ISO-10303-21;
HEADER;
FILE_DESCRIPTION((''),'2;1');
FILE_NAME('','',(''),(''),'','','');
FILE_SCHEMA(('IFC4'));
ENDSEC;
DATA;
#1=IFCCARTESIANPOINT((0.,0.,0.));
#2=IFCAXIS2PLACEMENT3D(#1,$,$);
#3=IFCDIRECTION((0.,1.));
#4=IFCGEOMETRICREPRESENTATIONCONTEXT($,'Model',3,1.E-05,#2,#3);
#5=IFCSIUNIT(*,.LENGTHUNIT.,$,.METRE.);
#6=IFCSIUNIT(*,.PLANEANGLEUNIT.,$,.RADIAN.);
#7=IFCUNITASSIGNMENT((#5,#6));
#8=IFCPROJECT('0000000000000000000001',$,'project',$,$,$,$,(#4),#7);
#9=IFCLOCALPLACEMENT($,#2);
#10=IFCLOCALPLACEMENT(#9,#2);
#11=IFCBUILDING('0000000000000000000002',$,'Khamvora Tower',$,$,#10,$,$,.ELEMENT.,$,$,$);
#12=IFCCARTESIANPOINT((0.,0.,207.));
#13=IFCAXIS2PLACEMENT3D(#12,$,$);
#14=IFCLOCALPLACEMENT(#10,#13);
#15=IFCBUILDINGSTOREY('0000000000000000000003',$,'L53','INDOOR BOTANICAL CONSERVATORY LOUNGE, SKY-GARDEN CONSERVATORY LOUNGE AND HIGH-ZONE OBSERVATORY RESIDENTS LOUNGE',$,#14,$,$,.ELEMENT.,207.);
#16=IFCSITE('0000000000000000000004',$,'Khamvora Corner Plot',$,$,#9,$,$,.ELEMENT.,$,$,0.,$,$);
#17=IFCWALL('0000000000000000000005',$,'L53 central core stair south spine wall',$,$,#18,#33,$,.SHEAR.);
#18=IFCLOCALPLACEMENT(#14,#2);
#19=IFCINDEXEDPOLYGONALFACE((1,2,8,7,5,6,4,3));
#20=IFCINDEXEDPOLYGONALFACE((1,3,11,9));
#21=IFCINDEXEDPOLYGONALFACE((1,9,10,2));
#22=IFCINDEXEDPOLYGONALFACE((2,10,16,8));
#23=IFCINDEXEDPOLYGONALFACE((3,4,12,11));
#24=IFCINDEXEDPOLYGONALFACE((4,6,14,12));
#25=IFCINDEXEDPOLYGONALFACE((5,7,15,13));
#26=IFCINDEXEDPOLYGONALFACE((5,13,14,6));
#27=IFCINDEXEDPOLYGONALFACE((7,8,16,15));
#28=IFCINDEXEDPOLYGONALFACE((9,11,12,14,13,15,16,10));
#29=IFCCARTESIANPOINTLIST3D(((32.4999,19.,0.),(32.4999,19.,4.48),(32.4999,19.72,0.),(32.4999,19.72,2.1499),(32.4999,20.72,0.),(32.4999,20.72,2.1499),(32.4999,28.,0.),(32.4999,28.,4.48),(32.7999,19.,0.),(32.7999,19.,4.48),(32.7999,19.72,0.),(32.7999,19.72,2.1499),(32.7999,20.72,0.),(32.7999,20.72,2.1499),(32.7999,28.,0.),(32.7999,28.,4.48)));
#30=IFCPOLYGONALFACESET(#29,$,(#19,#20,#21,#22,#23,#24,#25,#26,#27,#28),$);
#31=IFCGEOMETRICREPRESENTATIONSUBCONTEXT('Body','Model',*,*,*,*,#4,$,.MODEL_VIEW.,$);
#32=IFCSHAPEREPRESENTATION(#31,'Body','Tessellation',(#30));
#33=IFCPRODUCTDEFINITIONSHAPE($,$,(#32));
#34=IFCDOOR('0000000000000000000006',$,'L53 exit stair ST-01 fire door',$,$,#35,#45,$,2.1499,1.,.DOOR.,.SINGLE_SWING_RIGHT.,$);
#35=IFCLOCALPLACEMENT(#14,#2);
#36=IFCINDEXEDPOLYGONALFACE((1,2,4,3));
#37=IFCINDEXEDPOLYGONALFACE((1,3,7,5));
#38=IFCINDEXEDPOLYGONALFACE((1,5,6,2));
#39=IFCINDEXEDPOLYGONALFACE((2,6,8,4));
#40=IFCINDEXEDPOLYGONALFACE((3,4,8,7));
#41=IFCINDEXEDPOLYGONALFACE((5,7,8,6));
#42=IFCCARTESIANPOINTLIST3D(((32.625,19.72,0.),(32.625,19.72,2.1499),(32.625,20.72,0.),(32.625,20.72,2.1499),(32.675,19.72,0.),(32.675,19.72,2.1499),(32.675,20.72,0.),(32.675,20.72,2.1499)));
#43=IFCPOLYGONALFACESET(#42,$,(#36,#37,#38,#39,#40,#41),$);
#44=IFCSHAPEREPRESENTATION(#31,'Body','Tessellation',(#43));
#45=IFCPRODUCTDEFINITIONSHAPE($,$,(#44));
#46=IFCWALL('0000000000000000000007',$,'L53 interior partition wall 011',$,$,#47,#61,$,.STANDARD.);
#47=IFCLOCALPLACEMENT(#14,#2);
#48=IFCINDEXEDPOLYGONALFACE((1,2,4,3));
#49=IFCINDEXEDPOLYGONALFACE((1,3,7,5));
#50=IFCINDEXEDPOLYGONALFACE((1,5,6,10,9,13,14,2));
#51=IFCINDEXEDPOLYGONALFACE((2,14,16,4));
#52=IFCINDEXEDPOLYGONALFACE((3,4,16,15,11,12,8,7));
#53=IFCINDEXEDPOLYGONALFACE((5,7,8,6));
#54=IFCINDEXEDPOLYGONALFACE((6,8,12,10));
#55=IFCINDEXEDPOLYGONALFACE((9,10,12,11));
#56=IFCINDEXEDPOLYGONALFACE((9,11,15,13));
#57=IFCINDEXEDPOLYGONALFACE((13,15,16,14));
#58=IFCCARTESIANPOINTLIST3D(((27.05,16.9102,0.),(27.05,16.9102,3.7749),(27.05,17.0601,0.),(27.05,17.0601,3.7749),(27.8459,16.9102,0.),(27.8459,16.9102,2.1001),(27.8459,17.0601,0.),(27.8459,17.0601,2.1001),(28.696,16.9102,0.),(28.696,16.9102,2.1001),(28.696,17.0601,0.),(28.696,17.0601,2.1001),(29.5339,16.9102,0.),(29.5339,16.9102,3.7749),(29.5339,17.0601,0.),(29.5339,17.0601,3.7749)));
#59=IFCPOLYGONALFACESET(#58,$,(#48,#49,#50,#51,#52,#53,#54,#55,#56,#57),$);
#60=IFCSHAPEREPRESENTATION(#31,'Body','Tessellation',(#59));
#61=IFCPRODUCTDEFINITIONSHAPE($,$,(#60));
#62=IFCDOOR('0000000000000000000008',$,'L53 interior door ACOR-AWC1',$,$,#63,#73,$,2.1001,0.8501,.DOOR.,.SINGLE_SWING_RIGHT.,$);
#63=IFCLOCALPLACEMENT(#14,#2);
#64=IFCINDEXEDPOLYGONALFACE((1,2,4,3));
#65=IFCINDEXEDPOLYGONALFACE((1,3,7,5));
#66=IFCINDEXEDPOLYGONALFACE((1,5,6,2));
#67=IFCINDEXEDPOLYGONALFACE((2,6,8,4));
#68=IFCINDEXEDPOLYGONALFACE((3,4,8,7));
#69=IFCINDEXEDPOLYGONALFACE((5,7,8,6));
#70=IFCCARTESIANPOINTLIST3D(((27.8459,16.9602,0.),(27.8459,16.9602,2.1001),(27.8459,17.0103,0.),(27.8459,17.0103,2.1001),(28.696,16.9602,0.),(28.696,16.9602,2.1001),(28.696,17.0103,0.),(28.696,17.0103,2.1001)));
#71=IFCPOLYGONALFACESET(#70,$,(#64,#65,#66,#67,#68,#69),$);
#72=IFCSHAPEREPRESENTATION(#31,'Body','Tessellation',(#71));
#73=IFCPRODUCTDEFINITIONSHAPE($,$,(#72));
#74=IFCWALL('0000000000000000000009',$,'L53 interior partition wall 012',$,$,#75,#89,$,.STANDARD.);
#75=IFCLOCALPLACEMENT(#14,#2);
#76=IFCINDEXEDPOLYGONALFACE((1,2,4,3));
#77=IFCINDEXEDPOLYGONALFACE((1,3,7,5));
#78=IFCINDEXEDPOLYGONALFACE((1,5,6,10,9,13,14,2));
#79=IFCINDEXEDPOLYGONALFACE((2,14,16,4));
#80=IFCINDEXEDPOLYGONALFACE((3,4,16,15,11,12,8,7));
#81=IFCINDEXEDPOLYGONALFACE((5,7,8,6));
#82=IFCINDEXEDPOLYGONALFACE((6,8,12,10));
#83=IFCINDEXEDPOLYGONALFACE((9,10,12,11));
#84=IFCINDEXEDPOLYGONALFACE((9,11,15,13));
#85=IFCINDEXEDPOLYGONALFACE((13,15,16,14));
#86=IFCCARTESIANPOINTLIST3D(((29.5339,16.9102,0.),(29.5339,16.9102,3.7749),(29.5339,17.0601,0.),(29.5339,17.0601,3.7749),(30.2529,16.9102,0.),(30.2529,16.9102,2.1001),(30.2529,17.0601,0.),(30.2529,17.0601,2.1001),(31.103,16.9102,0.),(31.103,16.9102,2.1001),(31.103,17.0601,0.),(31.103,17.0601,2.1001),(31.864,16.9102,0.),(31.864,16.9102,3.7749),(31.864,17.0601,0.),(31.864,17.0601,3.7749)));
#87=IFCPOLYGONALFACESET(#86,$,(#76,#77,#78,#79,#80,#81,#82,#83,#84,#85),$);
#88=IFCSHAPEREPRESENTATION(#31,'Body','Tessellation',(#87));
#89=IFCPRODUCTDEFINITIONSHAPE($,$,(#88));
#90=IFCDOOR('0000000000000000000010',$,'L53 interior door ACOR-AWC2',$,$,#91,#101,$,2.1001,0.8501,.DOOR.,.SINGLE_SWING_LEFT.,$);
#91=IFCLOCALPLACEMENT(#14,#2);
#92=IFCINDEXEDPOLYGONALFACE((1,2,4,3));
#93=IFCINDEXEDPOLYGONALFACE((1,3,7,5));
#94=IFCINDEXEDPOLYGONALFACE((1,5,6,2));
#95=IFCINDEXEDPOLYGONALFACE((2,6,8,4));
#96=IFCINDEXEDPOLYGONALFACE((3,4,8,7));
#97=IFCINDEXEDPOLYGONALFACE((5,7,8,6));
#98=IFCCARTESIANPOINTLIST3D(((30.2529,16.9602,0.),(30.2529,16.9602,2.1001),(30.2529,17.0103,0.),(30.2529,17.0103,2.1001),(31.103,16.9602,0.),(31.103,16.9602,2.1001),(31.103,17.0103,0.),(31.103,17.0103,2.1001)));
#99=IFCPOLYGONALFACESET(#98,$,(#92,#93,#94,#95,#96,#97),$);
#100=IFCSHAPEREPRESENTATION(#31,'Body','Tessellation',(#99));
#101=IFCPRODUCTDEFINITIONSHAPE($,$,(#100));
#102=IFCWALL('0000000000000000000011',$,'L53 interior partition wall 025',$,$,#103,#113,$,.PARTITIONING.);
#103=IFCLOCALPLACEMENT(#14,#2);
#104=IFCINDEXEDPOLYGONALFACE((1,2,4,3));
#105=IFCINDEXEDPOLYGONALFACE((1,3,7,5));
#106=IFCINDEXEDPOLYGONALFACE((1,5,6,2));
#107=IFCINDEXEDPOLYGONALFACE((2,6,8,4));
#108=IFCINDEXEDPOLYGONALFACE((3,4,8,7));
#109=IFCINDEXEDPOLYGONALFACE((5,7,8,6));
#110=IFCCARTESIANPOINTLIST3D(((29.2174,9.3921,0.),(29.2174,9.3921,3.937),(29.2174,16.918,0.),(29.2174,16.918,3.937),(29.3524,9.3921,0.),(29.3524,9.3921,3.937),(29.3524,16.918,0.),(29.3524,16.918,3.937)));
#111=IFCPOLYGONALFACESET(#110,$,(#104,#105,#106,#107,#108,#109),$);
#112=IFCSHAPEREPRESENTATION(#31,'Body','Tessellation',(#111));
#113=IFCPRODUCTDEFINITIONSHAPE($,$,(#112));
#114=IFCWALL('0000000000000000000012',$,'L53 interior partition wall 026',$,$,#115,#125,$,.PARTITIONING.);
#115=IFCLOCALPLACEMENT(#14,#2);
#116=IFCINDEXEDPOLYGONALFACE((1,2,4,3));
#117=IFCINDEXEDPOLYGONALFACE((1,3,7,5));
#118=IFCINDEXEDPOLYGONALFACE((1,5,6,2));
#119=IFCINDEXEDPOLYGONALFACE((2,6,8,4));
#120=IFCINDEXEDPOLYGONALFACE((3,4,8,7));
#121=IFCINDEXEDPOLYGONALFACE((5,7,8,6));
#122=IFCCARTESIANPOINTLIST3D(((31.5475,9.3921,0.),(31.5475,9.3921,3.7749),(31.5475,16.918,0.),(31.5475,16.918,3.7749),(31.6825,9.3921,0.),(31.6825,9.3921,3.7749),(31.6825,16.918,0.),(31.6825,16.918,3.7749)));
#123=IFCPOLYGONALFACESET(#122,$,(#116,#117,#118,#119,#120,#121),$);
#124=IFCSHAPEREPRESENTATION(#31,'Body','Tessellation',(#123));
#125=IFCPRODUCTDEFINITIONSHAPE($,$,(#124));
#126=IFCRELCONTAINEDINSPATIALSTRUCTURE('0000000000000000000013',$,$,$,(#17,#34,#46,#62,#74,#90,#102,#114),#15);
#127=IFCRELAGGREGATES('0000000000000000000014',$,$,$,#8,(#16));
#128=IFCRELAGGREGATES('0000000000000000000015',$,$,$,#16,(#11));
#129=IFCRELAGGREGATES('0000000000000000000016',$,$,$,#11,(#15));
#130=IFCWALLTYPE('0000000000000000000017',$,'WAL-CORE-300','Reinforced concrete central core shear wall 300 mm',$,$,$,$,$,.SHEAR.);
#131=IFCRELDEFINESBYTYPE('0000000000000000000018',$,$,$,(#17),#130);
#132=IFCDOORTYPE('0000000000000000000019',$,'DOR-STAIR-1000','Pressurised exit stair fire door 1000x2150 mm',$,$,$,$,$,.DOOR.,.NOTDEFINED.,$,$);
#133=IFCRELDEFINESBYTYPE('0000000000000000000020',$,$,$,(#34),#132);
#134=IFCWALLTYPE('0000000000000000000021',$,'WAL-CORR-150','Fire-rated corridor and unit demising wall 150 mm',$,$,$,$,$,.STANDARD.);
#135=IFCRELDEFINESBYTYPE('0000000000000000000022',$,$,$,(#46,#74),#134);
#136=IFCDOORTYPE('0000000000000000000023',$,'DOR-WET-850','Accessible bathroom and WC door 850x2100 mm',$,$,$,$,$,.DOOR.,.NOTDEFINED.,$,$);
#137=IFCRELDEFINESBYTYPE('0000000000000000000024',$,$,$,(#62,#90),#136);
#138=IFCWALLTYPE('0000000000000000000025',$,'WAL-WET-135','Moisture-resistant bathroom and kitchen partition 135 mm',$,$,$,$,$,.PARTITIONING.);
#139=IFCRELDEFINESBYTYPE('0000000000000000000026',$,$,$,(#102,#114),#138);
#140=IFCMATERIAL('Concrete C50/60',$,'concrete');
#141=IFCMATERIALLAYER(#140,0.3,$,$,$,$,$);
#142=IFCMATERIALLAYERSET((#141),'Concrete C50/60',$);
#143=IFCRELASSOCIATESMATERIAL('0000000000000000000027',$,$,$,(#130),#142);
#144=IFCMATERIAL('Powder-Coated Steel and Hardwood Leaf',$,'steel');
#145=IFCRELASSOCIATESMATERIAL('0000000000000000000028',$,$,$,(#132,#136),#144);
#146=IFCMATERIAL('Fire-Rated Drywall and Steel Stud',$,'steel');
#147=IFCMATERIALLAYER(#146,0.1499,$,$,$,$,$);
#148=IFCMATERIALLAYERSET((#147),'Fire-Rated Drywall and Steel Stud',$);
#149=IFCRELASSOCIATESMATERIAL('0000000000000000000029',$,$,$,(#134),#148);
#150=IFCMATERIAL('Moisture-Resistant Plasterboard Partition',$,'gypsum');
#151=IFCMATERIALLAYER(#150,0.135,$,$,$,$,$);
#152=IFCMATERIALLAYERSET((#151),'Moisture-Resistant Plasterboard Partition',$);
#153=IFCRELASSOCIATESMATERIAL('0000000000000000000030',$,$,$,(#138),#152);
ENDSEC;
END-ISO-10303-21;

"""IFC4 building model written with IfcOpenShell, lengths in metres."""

from ifc_helpers import new_model, si_unit, direction, frame, frame_2d, origin, place, context, subcontext, project, spatial, rectangle, extrude, material, layer, layer_set, type_object, element, fill, save


model = new_model("IFC4")

# Units and contexts
model_context = context("Model", 3, precision=1e-05, world=origin(), true_north=direction((0.0, 1.0)))
body_context = subcontext(model_context, "Body", "Model", "MODEL_VIEW")
ifc_project = project(units=[si_unit("LENGTHUNIT", "METRE"), si_unit("PLANEANGLEUNIT", "RADIAN")], contexts=[model_context])

# Site, building, storey
site_placement = place(None, origin())
site = spatial("IfcSite", under=ifc_project, at=site_placement, Name="Khamvora Corner Plot", CompositionType="ELEMENT", RefElevation=0.0)
building_placement = place(site_placement, origin())
building = spatial("IfcBuilding", under=site, at=building_placement, Name="Khamvora Tower", CompositionType="ELEMENT")
storey_placement = place(building_placement, frame((0.0, 0.0, 207.0)))
storey = spatial("IfcBuildingStorey", under=building, at=storey_placement, Name="L53", Description="INDOOR BOTANICAL CONSERVATORY LOUNGE, SKY-GARDEN CONSERVATORY LOUNGE AND HIGH-ZONE OBSERVATORY RESIDENTS LOUNGE", CompositionType="ELEMENT", Elevation=207.0)

# Shared definitions
ifc_material_1 = material(Name="Concrete C50/60", Category="concrete")
ifc_layer_1 = layer(ifc_material_1, 0.3)
ifc_layer_set_1 = layer_set([ifc_layer_1], Name="Concrete C50/60")
wall_type_1 = type_object("IfcWallType", Name="WAL-CORE-300", Description="Reinforced concrete central core shear wall 300 mm", PredefinedType="SHEAR", material=ifc_layer_set_1)

# Walls, openings, doors
ifc_material_2 = material(Name="Powder-Coated Steel and Hardwood Leaf", Category="steel")
wall_1_placement = place(storey_placement, frame((32.6499, 19.0, 0.0), z_axis=(0.0, 0.0, 1.0), x_axis=(0.0, 1.0, 0.0)))
wall_1 = element("IfcWall", 1, at=wall_1_placement, inside=storey, type_object=wall_type_1, Name="L53 central core stair south spine wall", PredefinedType="SHEAR", context=body_context, shape_type="SweptSolid", body=[
    extrude(rectangle(XDim=9.0, YDim=0.3, at=frame_2d((4.5, 0.0))), origin(), (0.0, 0.0, 1.0), 4.48),
])
opening_1_placement = place(wall_1_placement, frame((0.72, 0.0, 0.0)))
opening_1 = element("IfcOpeningElement", 2, at=opening_1_placement, cuts=wall_1, PredefinedType="OPENING", context=body_context, shape_type="SweptSolid", body=[
    extrude(rectangle(XDim=1.0, YDim=2.1499, at=frame_2d((0.5, 1.075))), frame((0.0, 0.1599, 0.0), z_axis=(0.0, -1.0, 0.0), x_axis=(1.0, 0.0, 0.0)), (0.0, 0.0, 1.0), 0.3201),
])
door_type_1 = type_object("IfcDoorType", Name="DOR-STAIR-1000", Description="Pressurised exit stair fire door 1000x2150 mm", OperationType="NOTDEFINED", PredefinedType="DOOR", material=ifc_material_2)
door_1_placement = place(opening_1_placement, origin())
door_1 = element("IfcDoor", 3, at=door_1_placement, inside=storey, type_object=door_type_1, Name="L53 exit stair ST-01 fire door", OperationType="SINGLE_SWING_RIGHT", OverallHeight=2.1499, OverallWidth=1.0, PredefinedType="DOOR", context=body_context, shape_type="SweptSolid", body=[
    extrude(rectangle(XDim=1.0, YDim=2.1499, at=frame_2d((0.5, 1.075))), frame((0.0, 0.0249, 0.0), z_axis=(0.0, -1.0, 0.0), x_axis=(1.0, 0.0, 0.0)), (0.0, 0.0, 1.0), 0.05),
])
fill(opening_1, door_1)
ifc_material_3 = material(Name="Fire-Rated Drywall and Steel Stud", Category="steel")
ifc_layer_2 = layer(ifc_material_3, 0.1499)
ifc_layer_set_2 = layer_set([ifc_layer_2], Name="Fire-Rated Drywall and Steel Stud")
wall_type_2 = type_object("IfcWallType", Name="WAL-CORR-150", Description="Fire-rated corridor and unit demising wall 150 mm", PredefinedType="STANDARD", material=ifc_layer_set_2)
wall_2_placement = place(storey_placement, frame((29.5339, 16.9851, 0.0), z_axis=(0.0, 0.0, 1.0), x_axis=(-1.0, 0.0, 0.0)))
wall_2 = element("IfcWall", 4, at=wall_2_placement, inside=storey, type_object=wall_type_2, Name="L53 interior partition wall 011", PredefinedType="STANDARD", context=body_context, shape_type="SweptSolid", body=[
    extrude(rectangle(XDim=2.4839, YDim=0.1499, at=frame_2d((1.2419, 0.0))), origin(), (0.0, 0.0, 1.0), 3.7749),
])
opening_2_placement = place(wall_2_placement, frame((0.8379, 0.0, 0.0)))
opening_2 = element("IfcOpeningElement", 5, at=opening_2_placement, cuts=wall_2, PredefinedType="OPENING", context=body_context, shape_type="SweptSolid", body=[
    extrude(rectangle(XDim=0.8501, YDim=2.1001, at=frame_2d((0.425, 1.05))), frame((0.0, 0.085, 0.0), z_axis=(0.0, -1.0, 0.0), x_axis=(1.0, 0.0, 0.0)), (0.0, 0.0, 1.0), 0.1699),
])
door_type_2 = type_object("IfcDoorType", Name="DOR-WET-850", Description="Accessible bathroom and WC door 850x2100 mm", OperationType="NOTDEFINED", PredefinedType="DOOR", material=ifc_material_2)
door_2_placement = place(opening_2_placement, origin())
door_2 = element("IfcDoor", 6, at=door_2_placement, inside=storey, type_object=door_type_2, Name="L53 interior door ACOR-AWC1", OperationType="SINGLE_SWING_RIGHT", OverallHeight=2.1001, OverallWidth=0.8501, PredefinedType="DOOR", context=body_context, shape_type="SweptSolid", body=[
    extrude(rectangle(XDim=0.8501, YDim=2.1001, at=frame_2d((0.425, 1.05))), frame((0.0, 0.0249, 0.0), z_axis=(0.0, -1.0, 0.0), x_axis=(1.0, 0.0, 0.0)), (0.0, 0.0, 1.0), 0.05),
])
fill(opening_2, door_2)
wall_3_placement = place(storey_placement, frame((31.864, 16.9851, 0.0), z_axis=(0.0, 0.0, 1.0), x_axis=(-1.0, 0.0, 0.0)))
wall_3 = element("IfcWall", 7, at=wall_3_placement, inside=storey, type_object=wall_type_2, Name="L53 interior partition wall 012", PredefinedType="STANDARD", context=body_context, shape_type="SweptSolid", body=[
    extrude(rectangle(XDim=2.3301, YDim=0.1499, at=frame_2d((1.165, 0.0))), origin(), (0.0, 0.0, 1.0), 3.7749),
])
opening_3_placement = place(wall_3_placement, frame((0.761, 0.0, 0.0)))
opening_3 = element("IfcOpeningElement", 8, at=opening_3_placement, cuts=wall_3, PredefinedType="OPENING", context=body_context, shape_type="SweptSolid", body=[
    extrude(rectangle(XDim=0.8501, YDim=2.1001, at=frame_2d((0.425, 1.05))), frame((0.0, 0.085, 0.0), z_axis=(0.0, -1.0, 0.0), x_axis=(1.0, 0.0, 0.0)), (0.0, 0.0, 1.0), 0.1699),
])
door_3_placement = place(opening_3_placement, origin())
door_3 = element("IfcDoor", 9, at=door_3_placement, inside=storey, type_object=door_type_2, Name="L53 interior door ACOR-AWC2", OperationType="SINGLE_SWING_LEFT", OverallHeight=2.1001, OverallWidth=0.8501, PredefinedType="DOOR", context=body_context, shape_type="SweptSolid", body=[
    extrude(rectangle(XDim=0.8501, YDim=2.1001, at=frame_2d((0.425, 1.05))), frame((0.0, 0.0249, 0.0), z_axis=(0.0, -1.0, 0.0), x_axis=(1.0, 0.0, 0.0)), (0.0, 0.0, 1.0), 0.05),
])
fill(opening_3, door_3)

# Walls
ifc_material_4 = material(Name="Moisture-Resistant Plasterboard Partition", Category="gypsum")
ifc_layer_3 = layer(ifc_material_4, 0.135)
ifc_layer_set_3 = layer_set([ifc_layer_3], Name="Moisture-Resistant Plasterboard Partition")
wall_type_3 = type_object("IfcWallType", Name="WAL-WET-135", Description="Moisture-resistant bathroom and kitchen partition 135 mm", PredefinedType="PARTITIONING", material=ifc_layer_set_3)
wall_4_placement = place(storey_placement, frame((29.2849, 16.918, 0.0), z_axis=(0.0, 0.0, 1.0), x_axis=(0.0, -1.0, 0.0)))
element("IfcWall", 10, at=wall_4_placement, inside=storey, type_object=wall_type_3, Name="L53 interior partition wall 025", PredefinedType="PARTITIONING", context=body_context, shape_type="SweptSolid", body=[
    extrude(rectangle(XDim=7.5259, YDim=0.135, at=frame_2d((3.7629, 0.0))), origin(), (0.0, 0.0, 1.0), 3.937),
])
wall_5_placement = place(storey_placement, frame((31.615, 16.918, 0.0), z_axis=(0.0, 0.0, 1.0), x_axis=(0.0, -1.0, 0.0)))
element("IfcWall", 11, at=wall_5_placement, inside=storey, type_object=wall_type_3, Name="L53 interior partition wall 026", PredefinedType="PARTITIONING", context=body_context, shape_type="SweptSolid", body=[
    extrude(rectangle(XDim=7.5259, YDim=0.135, at=frame_2d((3.7629, 0.0))), origin(), (0.0, 0.0, 1.0), 3.7749),
])

save(model, "model.ifc")
